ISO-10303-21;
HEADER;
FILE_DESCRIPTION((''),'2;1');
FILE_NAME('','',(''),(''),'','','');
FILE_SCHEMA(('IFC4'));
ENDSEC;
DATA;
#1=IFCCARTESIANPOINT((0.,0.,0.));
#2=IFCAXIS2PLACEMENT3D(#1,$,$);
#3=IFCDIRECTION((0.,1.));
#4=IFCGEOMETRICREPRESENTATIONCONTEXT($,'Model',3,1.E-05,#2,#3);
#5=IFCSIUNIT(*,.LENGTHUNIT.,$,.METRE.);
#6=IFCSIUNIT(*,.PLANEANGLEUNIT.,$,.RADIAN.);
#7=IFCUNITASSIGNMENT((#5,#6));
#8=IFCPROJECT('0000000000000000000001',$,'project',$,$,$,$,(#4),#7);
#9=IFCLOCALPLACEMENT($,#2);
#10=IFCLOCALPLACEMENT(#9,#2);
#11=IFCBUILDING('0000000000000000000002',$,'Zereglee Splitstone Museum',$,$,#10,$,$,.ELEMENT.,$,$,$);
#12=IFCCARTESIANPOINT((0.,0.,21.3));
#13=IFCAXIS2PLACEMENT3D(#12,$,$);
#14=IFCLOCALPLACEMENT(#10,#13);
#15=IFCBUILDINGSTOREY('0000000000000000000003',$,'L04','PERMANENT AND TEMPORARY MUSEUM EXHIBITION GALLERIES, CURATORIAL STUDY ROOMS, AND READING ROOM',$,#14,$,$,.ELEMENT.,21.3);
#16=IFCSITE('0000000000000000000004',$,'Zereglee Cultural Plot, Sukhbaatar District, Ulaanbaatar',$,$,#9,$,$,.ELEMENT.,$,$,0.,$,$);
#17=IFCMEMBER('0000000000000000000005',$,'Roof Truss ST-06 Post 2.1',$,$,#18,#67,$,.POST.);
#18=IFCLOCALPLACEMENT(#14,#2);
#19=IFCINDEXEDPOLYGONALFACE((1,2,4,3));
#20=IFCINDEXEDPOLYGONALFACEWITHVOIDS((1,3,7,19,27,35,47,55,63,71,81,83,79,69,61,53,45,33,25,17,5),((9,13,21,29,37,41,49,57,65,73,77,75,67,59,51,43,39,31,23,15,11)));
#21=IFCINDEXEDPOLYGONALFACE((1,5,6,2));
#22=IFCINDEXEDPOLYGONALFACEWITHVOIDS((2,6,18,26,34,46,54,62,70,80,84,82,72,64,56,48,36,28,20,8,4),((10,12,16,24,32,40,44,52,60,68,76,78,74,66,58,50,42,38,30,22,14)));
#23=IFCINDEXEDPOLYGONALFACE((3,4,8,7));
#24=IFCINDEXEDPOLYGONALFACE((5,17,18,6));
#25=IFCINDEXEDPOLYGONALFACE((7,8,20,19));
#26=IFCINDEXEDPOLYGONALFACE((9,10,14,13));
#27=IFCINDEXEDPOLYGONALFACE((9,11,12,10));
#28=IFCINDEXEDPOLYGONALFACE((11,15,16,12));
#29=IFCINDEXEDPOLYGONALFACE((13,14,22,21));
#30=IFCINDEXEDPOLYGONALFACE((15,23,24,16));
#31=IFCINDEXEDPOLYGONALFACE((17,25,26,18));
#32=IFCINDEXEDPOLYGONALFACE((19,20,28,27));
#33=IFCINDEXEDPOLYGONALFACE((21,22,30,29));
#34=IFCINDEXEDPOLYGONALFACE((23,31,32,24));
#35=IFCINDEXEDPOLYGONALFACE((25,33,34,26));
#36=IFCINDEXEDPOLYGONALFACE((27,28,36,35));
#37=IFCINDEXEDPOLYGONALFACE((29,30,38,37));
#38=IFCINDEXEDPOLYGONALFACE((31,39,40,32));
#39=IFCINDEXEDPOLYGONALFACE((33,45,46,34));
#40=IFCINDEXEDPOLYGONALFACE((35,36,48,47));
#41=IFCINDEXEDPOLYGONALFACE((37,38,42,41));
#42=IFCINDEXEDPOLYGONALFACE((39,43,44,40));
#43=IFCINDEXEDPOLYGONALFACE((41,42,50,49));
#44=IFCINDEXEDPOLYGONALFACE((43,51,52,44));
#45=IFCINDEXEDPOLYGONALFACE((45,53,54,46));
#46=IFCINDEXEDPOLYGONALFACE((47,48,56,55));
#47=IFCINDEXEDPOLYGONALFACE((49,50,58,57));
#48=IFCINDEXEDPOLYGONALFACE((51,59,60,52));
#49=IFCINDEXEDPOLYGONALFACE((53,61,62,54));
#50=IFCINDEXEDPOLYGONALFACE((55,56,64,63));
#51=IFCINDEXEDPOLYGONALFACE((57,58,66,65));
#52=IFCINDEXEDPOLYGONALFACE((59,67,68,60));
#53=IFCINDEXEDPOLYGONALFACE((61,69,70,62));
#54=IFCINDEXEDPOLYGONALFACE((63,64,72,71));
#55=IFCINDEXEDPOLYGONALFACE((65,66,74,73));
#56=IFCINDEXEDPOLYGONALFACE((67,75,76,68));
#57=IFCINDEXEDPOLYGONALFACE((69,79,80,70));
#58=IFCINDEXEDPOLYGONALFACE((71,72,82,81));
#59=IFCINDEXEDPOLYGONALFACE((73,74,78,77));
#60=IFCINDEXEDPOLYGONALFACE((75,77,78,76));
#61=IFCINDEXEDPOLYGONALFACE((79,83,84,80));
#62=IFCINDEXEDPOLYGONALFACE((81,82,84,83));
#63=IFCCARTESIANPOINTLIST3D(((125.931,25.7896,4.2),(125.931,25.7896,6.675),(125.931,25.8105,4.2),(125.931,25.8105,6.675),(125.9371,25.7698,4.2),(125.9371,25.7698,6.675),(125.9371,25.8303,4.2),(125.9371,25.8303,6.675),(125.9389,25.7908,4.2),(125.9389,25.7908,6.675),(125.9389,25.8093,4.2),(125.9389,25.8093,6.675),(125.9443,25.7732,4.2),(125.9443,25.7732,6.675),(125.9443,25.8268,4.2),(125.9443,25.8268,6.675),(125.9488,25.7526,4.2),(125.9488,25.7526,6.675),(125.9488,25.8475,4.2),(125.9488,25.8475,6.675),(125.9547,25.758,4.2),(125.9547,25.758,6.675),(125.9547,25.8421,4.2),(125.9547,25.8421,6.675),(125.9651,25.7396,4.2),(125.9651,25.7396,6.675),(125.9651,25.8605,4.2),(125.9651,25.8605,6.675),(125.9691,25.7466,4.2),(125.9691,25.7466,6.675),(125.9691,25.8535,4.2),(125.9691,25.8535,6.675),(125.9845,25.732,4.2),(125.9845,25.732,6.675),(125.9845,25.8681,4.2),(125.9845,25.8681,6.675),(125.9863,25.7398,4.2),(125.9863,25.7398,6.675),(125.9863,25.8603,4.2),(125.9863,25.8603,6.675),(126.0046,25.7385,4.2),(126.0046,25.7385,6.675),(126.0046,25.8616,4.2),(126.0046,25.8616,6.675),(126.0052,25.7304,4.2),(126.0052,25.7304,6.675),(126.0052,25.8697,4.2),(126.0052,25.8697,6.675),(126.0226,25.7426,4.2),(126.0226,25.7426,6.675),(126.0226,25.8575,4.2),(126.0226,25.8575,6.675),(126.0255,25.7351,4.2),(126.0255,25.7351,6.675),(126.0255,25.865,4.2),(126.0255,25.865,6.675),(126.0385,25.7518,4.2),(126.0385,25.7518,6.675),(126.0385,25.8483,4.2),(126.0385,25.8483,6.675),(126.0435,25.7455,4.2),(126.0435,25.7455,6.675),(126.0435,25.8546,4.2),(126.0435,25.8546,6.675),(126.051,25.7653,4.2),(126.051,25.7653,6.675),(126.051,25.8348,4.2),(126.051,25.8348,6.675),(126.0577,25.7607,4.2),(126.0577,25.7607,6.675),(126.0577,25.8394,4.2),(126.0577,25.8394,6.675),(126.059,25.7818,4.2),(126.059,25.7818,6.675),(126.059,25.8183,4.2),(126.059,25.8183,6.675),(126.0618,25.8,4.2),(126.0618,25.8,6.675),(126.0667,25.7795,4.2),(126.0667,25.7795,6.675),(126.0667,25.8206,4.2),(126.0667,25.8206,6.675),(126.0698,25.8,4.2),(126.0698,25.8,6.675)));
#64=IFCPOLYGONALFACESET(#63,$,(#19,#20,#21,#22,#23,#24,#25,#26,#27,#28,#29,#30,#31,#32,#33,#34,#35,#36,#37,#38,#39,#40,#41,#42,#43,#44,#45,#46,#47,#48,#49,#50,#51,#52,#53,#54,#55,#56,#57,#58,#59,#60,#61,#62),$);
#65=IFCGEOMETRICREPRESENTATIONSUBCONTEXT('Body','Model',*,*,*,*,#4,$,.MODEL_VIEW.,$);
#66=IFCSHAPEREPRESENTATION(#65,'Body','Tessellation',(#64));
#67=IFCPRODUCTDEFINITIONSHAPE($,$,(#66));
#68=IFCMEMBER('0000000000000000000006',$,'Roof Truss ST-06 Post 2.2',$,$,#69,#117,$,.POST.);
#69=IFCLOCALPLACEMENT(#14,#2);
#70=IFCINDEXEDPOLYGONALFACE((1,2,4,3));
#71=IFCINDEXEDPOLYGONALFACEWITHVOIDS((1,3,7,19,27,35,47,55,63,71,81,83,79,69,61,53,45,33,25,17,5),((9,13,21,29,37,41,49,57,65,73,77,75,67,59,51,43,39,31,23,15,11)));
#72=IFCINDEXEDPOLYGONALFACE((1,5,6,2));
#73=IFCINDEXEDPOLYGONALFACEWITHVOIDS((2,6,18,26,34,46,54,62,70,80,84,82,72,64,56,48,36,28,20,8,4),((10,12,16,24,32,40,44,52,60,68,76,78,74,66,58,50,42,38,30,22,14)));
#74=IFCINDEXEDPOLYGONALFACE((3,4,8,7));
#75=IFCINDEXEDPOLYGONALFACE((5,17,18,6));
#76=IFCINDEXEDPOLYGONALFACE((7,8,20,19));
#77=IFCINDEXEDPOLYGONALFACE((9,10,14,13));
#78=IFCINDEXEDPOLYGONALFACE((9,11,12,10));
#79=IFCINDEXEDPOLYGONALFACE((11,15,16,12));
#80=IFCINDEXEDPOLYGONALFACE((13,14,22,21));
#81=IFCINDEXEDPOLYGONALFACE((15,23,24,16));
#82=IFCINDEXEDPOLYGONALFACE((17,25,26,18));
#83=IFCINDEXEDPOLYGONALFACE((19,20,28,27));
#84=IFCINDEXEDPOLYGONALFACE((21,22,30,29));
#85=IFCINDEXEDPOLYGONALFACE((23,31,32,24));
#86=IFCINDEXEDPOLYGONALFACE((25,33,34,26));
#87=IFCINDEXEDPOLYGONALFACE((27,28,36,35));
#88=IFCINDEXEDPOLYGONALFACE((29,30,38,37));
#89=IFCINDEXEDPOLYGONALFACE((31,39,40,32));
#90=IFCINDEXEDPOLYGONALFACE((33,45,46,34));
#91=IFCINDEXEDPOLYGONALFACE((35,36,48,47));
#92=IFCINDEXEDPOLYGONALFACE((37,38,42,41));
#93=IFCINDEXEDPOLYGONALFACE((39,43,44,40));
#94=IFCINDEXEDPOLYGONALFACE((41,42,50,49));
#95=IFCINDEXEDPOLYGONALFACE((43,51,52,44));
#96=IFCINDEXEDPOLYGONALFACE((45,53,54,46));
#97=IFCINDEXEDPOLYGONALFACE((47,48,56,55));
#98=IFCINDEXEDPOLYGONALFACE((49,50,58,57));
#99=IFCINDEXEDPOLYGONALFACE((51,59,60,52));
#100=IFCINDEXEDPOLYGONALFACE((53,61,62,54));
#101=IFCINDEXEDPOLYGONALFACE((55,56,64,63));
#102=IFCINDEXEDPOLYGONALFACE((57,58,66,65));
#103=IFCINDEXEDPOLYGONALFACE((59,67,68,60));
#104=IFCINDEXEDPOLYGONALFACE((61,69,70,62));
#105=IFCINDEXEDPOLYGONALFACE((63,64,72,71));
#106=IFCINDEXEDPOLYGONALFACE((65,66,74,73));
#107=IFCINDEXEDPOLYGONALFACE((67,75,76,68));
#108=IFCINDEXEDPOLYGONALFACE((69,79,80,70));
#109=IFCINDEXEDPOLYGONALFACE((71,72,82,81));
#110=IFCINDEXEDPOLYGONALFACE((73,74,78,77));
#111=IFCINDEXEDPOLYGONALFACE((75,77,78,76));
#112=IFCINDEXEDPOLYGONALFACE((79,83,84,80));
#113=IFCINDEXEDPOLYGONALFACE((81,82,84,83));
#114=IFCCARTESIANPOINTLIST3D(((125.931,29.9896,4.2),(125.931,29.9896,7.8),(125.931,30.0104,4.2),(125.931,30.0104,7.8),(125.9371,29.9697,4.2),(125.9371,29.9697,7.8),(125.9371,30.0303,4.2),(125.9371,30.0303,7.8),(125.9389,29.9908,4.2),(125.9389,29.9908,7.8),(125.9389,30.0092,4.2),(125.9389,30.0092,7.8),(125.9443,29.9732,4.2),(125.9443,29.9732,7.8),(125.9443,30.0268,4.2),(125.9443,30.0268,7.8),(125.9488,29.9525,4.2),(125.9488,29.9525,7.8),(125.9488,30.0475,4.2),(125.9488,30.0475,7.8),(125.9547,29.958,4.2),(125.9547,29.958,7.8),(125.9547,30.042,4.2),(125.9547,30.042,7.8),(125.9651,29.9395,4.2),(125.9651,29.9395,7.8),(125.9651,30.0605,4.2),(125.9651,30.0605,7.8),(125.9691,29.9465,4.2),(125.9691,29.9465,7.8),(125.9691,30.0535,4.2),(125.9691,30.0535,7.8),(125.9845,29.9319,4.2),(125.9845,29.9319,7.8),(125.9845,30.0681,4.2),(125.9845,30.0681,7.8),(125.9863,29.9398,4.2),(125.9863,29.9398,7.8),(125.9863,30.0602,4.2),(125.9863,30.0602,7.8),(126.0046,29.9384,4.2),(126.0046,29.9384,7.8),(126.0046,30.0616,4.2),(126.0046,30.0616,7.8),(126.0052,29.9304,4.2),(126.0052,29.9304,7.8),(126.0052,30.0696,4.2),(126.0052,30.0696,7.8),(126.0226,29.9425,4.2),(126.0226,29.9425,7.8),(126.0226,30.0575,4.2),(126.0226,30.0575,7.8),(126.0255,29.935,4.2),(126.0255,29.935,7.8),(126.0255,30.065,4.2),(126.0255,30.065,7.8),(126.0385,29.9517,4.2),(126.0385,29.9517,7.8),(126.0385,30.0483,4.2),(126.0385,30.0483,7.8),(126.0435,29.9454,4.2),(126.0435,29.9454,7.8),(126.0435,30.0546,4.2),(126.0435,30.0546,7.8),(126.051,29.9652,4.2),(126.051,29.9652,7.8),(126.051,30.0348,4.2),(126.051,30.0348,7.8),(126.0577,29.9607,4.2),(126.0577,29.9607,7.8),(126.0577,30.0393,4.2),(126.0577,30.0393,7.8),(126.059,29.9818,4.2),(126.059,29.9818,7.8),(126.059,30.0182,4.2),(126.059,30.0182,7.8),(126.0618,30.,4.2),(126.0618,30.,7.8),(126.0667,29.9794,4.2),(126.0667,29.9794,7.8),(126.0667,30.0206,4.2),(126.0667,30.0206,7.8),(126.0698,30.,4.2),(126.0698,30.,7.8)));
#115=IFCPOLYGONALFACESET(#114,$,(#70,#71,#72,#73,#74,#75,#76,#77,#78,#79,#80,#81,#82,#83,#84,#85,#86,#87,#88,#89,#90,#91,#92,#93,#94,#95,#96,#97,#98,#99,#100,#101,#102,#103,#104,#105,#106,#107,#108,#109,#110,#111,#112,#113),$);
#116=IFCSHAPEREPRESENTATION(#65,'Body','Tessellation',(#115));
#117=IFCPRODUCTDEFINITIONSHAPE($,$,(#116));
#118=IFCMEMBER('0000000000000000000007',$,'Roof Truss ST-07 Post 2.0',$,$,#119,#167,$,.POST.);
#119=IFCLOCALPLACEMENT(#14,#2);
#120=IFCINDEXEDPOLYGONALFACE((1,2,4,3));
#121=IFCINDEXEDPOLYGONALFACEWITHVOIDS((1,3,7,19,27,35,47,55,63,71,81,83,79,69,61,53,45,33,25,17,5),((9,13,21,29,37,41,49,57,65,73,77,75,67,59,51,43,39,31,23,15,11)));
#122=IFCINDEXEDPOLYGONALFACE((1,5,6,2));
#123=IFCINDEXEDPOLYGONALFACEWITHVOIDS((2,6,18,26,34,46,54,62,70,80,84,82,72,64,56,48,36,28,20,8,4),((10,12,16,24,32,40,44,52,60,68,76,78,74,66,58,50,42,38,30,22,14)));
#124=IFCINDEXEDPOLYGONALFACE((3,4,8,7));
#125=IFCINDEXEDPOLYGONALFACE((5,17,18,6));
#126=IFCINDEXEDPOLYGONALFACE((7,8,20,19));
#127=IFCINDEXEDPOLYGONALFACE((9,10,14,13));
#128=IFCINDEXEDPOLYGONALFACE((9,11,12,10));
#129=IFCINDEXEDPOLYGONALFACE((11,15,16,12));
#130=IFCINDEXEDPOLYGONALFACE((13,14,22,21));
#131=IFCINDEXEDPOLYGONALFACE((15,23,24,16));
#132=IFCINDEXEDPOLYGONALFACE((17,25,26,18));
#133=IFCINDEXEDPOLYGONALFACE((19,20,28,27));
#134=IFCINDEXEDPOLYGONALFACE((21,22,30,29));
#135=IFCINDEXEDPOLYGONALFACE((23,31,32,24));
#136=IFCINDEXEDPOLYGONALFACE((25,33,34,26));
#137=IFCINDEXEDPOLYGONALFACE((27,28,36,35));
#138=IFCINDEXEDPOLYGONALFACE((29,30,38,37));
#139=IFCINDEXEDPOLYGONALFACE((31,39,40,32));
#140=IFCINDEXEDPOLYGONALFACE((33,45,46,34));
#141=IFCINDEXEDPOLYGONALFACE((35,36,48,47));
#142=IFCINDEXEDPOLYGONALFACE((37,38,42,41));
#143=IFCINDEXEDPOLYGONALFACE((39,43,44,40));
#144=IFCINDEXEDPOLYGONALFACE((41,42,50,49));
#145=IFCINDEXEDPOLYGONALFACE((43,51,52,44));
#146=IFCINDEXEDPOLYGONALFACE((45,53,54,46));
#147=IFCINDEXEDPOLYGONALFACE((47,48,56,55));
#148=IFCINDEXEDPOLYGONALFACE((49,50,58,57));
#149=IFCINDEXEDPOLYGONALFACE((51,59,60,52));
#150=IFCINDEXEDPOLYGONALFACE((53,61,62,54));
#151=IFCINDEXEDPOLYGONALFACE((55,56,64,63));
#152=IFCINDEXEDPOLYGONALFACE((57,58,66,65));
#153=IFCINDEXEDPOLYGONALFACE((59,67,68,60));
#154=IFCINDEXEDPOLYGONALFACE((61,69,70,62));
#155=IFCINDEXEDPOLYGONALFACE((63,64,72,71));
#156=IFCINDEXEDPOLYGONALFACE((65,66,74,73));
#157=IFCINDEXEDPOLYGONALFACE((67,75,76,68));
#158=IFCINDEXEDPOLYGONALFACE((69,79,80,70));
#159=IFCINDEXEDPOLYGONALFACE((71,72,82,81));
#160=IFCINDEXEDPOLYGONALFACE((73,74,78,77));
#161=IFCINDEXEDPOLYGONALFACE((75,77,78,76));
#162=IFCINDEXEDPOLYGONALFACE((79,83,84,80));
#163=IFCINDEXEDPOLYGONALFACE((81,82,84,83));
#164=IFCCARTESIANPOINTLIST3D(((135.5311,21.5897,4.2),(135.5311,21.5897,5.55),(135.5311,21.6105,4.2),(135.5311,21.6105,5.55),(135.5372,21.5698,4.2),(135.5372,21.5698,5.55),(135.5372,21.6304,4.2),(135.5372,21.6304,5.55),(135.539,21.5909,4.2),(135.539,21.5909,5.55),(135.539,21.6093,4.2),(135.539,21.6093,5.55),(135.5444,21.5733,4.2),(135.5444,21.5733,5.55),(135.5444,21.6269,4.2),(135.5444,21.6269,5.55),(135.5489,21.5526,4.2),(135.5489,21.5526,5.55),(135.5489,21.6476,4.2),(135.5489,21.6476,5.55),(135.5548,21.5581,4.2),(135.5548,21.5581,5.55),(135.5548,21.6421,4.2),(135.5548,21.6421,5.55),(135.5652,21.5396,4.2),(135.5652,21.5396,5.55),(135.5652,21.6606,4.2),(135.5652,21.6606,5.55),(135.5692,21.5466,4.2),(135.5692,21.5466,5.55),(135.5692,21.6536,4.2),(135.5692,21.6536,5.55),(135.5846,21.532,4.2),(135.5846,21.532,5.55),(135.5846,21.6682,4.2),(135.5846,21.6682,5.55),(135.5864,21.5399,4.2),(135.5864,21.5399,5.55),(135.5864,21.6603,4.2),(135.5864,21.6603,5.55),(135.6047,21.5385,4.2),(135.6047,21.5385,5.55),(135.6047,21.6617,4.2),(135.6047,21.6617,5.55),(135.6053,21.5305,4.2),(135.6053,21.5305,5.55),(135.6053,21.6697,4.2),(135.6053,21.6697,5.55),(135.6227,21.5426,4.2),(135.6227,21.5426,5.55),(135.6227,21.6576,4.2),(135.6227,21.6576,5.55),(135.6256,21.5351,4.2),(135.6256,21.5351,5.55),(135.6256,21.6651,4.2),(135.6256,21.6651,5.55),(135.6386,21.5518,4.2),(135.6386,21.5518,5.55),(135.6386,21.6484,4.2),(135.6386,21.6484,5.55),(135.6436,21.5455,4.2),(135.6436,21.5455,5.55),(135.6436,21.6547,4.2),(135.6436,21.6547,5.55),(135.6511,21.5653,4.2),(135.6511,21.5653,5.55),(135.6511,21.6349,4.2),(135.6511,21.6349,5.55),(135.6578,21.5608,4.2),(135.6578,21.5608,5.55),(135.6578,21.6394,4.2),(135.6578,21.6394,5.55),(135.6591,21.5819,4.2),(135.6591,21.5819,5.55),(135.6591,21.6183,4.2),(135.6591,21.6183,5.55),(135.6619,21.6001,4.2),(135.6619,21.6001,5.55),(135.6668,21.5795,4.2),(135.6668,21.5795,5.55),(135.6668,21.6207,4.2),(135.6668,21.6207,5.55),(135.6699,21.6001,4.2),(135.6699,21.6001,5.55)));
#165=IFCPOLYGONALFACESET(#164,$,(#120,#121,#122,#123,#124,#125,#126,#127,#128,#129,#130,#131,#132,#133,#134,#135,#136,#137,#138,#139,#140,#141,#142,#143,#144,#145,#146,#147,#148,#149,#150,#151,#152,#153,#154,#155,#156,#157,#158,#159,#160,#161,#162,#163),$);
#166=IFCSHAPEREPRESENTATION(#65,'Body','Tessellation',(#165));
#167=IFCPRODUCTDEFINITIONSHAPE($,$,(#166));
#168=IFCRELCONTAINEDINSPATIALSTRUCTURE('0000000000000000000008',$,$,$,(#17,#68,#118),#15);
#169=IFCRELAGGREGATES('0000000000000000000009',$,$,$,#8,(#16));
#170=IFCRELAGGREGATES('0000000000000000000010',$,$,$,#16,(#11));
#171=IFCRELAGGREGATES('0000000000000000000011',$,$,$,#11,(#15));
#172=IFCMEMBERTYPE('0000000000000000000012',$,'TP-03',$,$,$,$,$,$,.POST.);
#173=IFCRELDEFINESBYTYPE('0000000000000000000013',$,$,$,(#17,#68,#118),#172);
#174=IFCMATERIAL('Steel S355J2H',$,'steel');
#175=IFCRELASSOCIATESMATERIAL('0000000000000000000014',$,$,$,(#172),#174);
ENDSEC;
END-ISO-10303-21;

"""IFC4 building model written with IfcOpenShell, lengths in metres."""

from ifc_helpers import new_model, si_unit, direction, frame, origin, origin_2d, place, context, subcontext, project, spatial, hollow_circle, extrude, material, material_profile, profile_set, type_object, element, save


model = new_model("IFC4")

# Units and contexts
model_context = context("Model", 3, precision=1e-05, world=origin(), true_north=direction((0.0, 1.0)))
body_context = subcontext(model_context, "Body", "Model", "MODEL_VIEW")
ifc_project = project(units=[si_unit("LENGTHUNIT", "METRE"), si_unit("PLANEANGLEUNIT", "RADIAN")], contexts=[model_context])

# Site, building, storey
site_placement = place(None, origin())
site = spatial("IfcSite", under=ifc_project, at=site_placement, Name="Zereglee Cultural Plot, Sukhbaatar District, Ulaanbaatar", CompositionType="ELEMENT", RefElevation=0.0)
building_placement = place(site_placement, origin())
building = spatial("IfcBuilding", under=site, at=building_placement, Name="Zereglee Splitstone Museum", CompositionType="ELEMENT")
storey_placement = place(building_placement, frame((0.0, 0.0, 21.3)))
storey = spatial("IfcBuildingStorey", under=building, at=storey_placement, Name="L04", Description="PERMANENT AND TEMPORARY MUSEUM EXHIBITION GALLERIES, CURATORIAL STUDY ROOMS, AND READING ROOM", CompositionType="ELEMENT", Elevation=21.3)

# Shared definitions
ifc_material_1 = material(Name="Steel S355J2H", Category="steel")

# Members
ifc_material_profile_1 = material_profile(ifc_material_1, hollow_circle(Radius=0.0698, WallThickness=0.0081, at=origin_2d()), Name="CHS 139.7x8")
ifc_profile_set_1 = profile_set([ifc_material_profile_1], Name="Steel S355J2H")
member_type_1 = type_object("IfcMemberType", Name="TP-03", PredefinedType="POST", material=ifc_profile_set_1)
member_1_placement = place(storey_placement, frame((126.0, 25.8, 4.2), z_axis=(0.0, 0.0, 1.0), x_axis=(1.0, 0.0, 0.0)))
element("IfcMember", 1, at=member_1_placement, inside=storey, type_object=member_type_1, Name="Roof Truss ST-06 Post 2.1", PredefinedType="POST", context=body_context, shape_type="SweptSolid", body=[
    extrude(hollow_circle(Radius=0.0698, WallThickness=0.0081, at=origin_2d()), origin(), (0.0, 0.0, 1.0), 2.4751),
])
member_2_placement = place(storey_placement, frame((126.0, 30.0, 4.2), z_axis=(0.0, 0.0, 1.0), x_axis=(1.0, 0.0, 0.0)))
element("IfcMember", 2, at=member_2_placement, inside=storey, type_object=member_type_1, Name="Roof Truss ST-06 Post 2.2", PredefinedType="POST", context=body_context, shape_type="SweptSolid", body=[
    extrude(hollow_circle(Radius=0.0698, WallThickness=0.0081, at=origin_2d()), origin(), (0.0, 0.0, 1.0), 3.6001),
])
member_3_placement = place(storey_placement, frame((135.6001, 21.6001, 4.2), z_axis=(0.0, 0.0, 1.0), x_axis=(1.0, 0.0, 0.0)))
element("IfcMember", 3, at=member_3_placement, inside=storey, type_object=member_type_1, Name="Roof Truss ST-07 Post 2.0", PredefinedType="POST", context=body_context, shape_type="SweptSolid", body=[
    extrude(hollow_circle(Radius=0.0698, WallThickness=0.0081, at=origin_2d()), origin(), (0.0, 0.0, 1.0), 1.3501),
])

save(model, "model.ifc")
